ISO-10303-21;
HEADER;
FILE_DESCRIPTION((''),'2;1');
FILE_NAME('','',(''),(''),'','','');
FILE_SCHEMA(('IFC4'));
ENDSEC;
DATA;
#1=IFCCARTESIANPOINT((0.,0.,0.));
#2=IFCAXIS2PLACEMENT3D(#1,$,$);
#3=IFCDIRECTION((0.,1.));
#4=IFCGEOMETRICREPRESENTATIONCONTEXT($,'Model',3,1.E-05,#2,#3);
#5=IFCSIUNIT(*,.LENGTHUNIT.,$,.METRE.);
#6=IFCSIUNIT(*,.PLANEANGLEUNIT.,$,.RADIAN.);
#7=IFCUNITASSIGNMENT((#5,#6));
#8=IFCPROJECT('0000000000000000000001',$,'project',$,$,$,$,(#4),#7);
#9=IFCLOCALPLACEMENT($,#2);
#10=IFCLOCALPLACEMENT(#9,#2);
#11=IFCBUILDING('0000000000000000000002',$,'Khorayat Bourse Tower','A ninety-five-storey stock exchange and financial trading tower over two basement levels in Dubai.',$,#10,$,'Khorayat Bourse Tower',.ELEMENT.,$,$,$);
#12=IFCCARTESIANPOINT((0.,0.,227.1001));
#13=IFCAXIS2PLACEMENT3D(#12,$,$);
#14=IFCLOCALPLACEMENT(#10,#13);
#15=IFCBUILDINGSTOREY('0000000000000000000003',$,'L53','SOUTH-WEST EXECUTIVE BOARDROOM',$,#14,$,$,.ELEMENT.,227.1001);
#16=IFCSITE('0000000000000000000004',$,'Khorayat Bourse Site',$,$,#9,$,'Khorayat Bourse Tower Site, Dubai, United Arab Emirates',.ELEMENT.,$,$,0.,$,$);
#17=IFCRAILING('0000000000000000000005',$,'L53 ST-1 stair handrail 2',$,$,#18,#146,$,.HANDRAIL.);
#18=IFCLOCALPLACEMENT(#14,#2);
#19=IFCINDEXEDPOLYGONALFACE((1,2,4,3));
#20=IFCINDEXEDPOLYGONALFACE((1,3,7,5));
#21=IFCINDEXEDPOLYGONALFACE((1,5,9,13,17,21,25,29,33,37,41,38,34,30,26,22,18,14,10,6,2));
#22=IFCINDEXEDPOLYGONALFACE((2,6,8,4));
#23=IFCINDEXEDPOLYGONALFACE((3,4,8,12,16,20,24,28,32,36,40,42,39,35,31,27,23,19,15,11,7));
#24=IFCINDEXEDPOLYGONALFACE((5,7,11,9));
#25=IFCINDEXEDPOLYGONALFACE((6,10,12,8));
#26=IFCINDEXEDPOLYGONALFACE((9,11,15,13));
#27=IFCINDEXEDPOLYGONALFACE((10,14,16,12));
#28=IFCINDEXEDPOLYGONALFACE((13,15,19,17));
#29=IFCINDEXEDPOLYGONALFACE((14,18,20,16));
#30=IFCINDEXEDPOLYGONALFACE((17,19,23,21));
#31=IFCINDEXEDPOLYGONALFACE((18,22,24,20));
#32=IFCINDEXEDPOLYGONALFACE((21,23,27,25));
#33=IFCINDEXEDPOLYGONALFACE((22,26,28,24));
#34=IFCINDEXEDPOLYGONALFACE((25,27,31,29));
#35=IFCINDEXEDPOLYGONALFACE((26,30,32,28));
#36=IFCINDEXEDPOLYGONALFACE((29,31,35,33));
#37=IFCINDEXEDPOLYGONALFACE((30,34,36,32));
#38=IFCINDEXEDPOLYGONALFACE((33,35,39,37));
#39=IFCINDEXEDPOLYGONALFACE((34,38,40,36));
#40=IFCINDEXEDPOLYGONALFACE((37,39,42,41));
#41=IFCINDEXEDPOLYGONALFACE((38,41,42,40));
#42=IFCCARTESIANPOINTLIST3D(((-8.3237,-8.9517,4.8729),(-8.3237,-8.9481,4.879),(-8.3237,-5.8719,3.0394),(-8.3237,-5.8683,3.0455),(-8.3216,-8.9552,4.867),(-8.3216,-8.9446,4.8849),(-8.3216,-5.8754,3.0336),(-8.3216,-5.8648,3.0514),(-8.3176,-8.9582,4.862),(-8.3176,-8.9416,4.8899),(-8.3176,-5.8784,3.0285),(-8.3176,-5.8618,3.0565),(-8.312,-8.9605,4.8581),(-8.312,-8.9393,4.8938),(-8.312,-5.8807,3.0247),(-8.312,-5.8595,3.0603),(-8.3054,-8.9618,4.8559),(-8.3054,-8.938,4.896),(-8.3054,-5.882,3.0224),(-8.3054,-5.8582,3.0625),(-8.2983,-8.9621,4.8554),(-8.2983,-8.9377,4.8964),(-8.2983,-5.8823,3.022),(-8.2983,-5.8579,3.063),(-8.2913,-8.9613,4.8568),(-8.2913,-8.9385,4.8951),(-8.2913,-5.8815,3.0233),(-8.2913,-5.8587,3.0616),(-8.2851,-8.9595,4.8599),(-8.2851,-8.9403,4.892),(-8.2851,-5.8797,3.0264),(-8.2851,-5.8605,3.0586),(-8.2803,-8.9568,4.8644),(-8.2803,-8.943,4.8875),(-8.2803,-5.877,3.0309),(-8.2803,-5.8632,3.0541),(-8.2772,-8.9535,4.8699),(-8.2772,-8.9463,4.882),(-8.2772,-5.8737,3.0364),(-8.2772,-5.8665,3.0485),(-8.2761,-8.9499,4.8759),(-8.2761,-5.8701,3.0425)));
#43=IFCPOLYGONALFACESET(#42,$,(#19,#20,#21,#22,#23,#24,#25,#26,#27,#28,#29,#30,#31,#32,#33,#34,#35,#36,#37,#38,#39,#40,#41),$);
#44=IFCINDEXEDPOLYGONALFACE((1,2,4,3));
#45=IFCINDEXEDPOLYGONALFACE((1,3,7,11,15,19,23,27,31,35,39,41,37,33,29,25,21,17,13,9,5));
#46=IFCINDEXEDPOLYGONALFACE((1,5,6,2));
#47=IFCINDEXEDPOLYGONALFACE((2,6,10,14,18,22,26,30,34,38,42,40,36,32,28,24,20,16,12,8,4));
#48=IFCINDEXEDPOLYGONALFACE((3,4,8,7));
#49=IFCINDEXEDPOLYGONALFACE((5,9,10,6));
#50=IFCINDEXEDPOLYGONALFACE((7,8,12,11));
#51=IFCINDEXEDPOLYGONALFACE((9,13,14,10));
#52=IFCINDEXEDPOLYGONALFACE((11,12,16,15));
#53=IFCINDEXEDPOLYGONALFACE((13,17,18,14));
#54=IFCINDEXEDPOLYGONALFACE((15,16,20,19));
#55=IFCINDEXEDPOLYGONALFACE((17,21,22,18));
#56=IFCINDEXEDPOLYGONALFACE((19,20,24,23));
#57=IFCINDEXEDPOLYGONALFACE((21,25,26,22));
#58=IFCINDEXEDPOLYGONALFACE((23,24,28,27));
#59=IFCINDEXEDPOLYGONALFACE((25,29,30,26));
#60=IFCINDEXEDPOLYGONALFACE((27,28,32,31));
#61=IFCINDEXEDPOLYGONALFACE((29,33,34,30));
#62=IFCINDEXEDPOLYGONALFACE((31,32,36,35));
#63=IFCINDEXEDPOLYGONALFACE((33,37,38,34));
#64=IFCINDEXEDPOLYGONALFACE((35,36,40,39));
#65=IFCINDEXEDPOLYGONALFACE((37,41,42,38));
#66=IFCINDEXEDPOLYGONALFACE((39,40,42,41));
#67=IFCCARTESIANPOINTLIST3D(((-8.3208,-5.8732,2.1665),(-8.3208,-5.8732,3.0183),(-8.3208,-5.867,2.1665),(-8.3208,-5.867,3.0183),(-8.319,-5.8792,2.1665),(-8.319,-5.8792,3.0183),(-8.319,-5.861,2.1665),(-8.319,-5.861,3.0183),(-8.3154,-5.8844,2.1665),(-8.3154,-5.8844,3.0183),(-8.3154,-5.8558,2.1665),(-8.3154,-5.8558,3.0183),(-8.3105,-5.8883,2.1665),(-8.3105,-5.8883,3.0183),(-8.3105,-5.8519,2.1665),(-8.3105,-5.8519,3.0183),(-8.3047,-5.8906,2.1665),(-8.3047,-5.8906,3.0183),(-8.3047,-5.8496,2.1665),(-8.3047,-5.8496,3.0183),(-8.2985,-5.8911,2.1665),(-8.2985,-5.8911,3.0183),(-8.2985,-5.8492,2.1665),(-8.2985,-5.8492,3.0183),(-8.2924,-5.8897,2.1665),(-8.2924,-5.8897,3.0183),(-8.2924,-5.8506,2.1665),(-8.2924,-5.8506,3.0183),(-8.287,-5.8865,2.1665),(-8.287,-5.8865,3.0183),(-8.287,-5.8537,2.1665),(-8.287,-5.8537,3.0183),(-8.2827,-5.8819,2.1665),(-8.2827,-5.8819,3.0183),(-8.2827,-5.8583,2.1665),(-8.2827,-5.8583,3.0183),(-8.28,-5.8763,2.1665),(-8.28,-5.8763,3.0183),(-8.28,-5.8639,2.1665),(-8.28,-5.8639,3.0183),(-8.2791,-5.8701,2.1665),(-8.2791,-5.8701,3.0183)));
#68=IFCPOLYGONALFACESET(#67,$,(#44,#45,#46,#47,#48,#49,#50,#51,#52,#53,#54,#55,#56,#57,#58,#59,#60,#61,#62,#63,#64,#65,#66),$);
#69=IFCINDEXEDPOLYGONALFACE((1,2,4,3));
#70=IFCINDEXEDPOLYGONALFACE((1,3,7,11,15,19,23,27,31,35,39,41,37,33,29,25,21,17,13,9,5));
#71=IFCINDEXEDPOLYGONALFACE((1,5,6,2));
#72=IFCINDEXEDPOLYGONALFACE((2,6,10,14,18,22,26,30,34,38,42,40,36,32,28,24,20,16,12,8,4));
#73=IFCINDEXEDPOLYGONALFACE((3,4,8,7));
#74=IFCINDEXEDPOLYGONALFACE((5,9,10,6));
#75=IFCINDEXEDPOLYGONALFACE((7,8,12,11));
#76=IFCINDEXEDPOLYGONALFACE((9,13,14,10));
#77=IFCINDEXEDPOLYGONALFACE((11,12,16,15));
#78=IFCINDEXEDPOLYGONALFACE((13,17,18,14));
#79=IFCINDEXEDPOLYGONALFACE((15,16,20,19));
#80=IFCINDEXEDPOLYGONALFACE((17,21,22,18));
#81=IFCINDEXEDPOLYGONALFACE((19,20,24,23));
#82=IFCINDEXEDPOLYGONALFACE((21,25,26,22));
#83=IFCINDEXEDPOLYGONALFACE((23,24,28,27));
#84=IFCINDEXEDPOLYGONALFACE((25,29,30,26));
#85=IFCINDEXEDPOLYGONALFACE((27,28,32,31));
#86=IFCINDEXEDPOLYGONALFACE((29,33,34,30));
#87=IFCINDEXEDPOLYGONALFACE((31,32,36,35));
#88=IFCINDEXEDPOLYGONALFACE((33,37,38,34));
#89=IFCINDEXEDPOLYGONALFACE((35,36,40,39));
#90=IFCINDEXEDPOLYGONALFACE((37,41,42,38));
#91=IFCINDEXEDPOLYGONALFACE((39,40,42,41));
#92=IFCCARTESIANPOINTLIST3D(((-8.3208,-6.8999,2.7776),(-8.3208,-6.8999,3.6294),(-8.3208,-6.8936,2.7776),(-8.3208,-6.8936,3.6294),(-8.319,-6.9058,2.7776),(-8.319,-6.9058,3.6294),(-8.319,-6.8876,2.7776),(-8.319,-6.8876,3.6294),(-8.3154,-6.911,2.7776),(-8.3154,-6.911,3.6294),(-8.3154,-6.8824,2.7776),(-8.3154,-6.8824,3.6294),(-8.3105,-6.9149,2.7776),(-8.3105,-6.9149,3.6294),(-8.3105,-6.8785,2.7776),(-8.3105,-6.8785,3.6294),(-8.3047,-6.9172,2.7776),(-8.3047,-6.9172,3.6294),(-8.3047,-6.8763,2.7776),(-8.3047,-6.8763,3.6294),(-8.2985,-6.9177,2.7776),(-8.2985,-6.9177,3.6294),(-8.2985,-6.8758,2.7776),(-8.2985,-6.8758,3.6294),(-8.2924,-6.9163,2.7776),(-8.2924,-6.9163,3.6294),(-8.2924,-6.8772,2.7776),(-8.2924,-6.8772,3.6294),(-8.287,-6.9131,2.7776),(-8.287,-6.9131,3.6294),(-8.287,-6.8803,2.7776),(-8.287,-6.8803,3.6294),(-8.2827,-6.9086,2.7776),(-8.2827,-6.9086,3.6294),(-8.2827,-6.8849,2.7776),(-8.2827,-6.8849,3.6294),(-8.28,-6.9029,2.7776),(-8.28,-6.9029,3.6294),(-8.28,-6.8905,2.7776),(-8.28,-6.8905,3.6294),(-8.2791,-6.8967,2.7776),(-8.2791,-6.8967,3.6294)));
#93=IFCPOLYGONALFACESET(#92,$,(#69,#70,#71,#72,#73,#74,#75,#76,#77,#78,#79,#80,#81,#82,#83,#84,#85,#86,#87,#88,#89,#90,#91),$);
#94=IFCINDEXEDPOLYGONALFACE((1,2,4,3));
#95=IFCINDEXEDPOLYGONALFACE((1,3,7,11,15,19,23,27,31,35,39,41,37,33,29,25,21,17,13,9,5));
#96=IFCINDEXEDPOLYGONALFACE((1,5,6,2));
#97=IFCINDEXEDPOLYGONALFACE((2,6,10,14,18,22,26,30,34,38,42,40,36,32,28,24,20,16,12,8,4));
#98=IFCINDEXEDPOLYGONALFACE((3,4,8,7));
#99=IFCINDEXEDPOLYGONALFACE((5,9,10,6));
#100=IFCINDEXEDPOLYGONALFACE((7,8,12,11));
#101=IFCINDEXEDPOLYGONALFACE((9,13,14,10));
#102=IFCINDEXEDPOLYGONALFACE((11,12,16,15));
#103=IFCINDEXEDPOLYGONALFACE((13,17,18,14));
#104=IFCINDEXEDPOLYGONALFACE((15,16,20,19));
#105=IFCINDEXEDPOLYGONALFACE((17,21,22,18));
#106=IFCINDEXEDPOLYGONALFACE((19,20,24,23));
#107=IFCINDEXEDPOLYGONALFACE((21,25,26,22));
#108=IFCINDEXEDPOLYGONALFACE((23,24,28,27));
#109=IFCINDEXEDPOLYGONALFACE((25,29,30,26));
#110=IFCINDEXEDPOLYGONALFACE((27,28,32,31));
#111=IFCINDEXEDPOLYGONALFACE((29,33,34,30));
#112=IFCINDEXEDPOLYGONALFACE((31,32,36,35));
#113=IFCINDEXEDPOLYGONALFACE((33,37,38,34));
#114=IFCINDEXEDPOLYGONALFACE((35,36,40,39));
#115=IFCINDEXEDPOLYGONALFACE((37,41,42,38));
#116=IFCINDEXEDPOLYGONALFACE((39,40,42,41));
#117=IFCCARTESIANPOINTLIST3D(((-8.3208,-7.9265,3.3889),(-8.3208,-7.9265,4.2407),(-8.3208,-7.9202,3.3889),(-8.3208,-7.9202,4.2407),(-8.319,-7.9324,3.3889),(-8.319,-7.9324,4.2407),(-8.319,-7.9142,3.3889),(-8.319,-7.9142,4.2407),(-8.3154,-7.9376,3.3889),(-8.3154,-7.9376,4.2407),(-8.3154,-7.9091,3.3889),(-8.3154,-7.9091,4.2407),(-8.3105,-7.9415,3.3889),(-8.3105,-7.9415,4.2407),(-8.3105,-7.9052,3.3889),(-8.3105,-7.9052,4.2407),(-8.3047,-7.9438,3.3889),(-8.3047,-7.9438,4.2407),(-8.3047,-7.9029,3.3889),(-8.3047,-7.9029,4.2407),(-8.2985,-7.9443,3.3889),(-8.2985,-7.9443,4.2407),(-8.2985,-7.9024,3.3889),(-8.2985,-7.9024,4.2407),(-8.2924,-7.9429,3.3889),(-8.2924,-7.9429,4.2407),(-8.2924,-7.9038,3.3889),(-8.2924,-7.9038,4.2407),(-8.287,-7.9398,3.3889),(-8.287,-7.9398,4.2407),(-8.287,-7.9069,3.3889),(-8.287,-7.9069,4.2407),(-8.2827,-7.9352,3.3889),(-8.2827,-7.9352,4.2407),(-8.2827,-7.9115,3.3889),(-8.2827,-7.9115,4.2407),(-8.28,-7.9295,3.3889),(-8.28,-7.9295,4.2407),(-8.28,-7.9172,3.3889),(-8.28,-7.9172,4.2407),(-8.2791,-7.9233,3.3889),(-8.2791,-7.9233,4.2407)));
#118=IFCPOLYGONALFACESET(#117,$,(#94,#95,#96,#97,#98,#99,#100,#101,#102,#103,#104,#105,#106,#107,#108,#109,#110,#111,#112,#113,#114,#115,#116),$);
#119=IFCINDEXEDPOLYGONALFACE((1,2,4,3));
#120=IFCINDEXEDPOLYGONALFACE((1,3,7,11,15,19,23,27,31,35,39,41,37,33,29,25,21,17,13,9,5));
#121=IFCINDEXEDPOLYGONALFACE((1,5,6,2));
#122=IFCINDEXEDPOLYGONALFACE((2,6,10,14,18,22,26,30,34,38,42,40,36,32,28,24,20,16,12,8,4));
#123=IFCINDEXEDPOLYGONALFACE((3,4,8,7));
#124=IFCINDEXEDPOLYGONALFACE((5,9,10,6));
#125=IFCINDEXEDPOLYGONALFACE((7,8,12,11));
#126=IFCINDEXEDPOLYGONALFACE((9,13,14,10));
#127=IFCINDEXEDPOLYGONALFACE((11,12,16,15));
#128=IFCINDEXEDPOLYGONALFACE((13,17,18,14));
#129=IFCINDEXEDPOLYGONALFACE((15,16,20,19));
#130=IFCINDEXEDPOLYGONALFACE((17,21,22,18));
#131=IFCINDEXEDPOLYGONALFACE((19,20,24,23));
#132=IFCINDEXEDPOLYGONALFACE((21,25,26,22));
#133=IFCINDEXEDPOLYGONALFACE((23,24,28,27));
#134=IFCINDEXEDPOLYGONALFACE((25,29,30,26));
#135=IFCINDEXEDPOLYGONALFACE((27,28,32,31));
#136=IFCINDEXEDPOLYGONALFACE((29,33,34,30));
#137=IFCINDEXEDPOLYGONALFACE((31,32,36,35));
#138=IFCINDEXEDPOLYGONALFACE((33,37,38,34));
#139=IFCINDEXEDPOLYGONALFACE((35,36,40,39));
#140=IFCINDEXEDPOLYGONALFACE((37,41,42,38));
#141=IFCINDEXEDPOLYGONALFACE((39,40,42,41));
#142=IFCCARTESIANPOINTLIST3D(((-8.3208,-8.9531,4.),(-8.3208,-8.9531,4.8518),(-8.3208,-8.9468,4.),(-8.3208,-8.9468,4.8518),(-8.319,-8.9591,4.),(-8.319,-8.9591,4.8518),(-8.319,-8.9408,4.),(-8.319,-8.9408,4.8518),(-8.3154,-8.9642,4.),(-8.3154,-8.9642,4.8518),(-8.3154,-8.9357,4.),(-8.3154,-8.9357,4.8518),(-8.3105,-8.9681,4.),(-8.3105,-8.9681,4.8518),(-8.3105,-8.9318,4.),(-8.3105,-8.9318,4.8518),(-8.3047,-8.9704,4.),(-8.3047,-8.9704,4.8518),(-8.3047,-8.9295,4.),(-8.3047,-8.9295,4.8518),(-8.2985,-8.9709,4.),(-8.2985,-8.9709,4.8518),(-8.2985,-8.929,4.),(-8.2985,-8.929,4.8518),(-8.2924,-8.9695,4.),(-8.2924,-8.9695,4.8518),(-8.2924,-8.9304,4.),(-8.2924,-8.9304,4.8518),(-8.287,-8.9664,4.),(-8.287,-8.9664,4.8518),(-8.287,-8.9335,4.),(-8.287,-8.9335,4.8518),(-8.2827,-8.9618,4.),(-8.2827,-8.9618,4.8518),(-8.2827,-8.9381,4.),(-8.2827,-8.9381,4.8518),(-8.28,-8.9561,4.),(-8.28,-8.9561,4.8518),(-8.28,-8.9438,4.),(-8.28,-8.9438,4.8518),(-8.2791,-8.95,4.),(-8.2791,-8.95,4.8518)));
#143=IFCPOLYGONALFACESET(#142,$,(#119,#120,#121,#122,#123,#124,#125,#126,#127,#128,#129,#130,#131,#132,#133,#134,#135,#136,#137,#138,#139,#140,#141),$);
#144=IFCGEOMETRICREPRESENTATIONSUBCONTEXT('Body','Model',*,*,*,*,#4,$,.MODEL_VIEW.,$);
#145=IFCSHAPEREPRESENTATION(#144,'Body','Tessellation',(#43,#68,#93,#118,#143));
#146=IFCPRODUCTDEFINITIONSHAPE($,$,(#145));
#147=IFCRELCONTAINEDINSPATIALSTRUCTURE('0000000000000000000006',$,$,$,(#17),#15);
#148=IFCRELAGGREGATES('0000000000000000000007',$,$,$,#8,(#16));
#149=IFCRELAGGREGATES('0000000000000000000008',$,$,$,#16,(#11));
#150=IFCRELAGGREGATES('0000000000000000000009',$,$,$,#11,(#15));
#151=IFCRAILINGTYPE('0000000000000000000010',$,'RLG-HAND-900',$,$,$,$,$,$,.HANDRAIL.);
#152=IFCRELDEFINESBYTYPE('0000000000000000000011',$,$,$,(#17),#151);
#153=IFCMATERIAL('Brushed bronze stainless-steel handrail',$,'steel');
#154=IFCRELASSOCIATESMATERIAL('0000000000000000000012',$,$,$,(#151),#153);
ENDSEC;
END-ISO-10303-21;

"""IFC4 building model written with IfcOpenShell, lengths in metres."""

from ifc_helpers import new_model, si_unit, direction, frame, origin, origin_2d, place, context, subcontext, project, spatial, circle, extrude, source, transform, mapped, material, type_object, element, save


model = new_model("IFC4")

# Units and contexts
model_context = context("Model", 3, precision=1e-05, world=origin(), true_north=direction((0.0, 1.0)))
body_context = subcontext(model_context, "Body", "Model", "MODEL_VIEW")
ifc_project = project(units=[si_unit("LENGTHUNIT", "METRE"), si_unit("PLANEANGLEUNIT", "RADIAN")], contexts=[model_context])

# Site, building, storey
site_placement = place(None, origin())
site = spatial("IfcSite", under=ifc_project, at=site_placement, Name="Khorayat Bourse Site", LongName="Khorayat Bourse Tower Site, Dubai, United Arab Emirates", CompositionType="ELEMENT", RefElevation=0.0)
building_placement = place(site_placement, origin())
building = spatial("IfcBuilding", under=site, at=building_placement, Name="Khorayat Bourse Tower", Description="A ninety-five-storey stock exchange and financial trading tower over two basement levels in Dubai.", LongName="Khorayat Bourse Tower", CompositionType="ELEMENT")
storey_placement = place(building_placement, frame((0.0, 0.0, 227.1001)))
storey = spatial("IfcBuildingStorey", under=building, at=storey_placement, Name="L53", Description="SOUTH-WEST EXECUTIVE BOARDROOM", CompositionType="ELEMENT", Elevation=227.1001)

# Railing
ifc_material_1 = material(Name="Brushed bronze stainless-steel handrail", Category="steel")
railing_type_1 = type_object("IfcRailingType", Name="RLG-HAND-900", PredefinedType="HANDRAIL", material=ifc_material_1)
shared_shape_1 = source(origin(), body_context, "Body", "SweptSolid", [
    extrude(circle(Radius=0.0239, at=origin_2d()), frame((0.0, 0.0, 0.876), z_axis=(0.0, -0.859261, 0.511538), x_axis=(1.0, 0.0, 0.0)), (0.0, 0.0, 1.0), 3.5842),
    extrude(circle(Radius=0.021, at=origin_2d()), origin(), (0.0, 0.0, 1.0), 0.8518),
    extrude(circle(Radius=0.021, at=origin_2d()), frame((0.0, -1.0266, 0.6111)), (0.0, 0.0, 1.0), 0.8518),
    extrude(circle(Radius=0.021, at=origin_2d()), frame((0.0, -2.0532, 1.2224)), (0.0, 0.0, 1.0), 0.8518),
    extrude(circle(Radius=0.021, at=origin_2d()), frame((0.0, -3.0798, 1.8335)), (0.0, 0.0, 1.0), 0.8518),
])
railing_1_placement = place(storey_placement, frame((-8.3, -5.8701, 2.1665)))
element("IfcRailing", 1, at=railing_1_placement, inside=storey, type_object=railing_type_1, Name="L53 ST-1 stair handrail 2", PredefinedType="HANDRAIL", context=body_context, shape_type="MappedRepresentation", body=[
    mapped(shared_shape_1, transform((0.0, 0.0, 0.0), scale=1.0)),
])

save(model, "model.ifc")
